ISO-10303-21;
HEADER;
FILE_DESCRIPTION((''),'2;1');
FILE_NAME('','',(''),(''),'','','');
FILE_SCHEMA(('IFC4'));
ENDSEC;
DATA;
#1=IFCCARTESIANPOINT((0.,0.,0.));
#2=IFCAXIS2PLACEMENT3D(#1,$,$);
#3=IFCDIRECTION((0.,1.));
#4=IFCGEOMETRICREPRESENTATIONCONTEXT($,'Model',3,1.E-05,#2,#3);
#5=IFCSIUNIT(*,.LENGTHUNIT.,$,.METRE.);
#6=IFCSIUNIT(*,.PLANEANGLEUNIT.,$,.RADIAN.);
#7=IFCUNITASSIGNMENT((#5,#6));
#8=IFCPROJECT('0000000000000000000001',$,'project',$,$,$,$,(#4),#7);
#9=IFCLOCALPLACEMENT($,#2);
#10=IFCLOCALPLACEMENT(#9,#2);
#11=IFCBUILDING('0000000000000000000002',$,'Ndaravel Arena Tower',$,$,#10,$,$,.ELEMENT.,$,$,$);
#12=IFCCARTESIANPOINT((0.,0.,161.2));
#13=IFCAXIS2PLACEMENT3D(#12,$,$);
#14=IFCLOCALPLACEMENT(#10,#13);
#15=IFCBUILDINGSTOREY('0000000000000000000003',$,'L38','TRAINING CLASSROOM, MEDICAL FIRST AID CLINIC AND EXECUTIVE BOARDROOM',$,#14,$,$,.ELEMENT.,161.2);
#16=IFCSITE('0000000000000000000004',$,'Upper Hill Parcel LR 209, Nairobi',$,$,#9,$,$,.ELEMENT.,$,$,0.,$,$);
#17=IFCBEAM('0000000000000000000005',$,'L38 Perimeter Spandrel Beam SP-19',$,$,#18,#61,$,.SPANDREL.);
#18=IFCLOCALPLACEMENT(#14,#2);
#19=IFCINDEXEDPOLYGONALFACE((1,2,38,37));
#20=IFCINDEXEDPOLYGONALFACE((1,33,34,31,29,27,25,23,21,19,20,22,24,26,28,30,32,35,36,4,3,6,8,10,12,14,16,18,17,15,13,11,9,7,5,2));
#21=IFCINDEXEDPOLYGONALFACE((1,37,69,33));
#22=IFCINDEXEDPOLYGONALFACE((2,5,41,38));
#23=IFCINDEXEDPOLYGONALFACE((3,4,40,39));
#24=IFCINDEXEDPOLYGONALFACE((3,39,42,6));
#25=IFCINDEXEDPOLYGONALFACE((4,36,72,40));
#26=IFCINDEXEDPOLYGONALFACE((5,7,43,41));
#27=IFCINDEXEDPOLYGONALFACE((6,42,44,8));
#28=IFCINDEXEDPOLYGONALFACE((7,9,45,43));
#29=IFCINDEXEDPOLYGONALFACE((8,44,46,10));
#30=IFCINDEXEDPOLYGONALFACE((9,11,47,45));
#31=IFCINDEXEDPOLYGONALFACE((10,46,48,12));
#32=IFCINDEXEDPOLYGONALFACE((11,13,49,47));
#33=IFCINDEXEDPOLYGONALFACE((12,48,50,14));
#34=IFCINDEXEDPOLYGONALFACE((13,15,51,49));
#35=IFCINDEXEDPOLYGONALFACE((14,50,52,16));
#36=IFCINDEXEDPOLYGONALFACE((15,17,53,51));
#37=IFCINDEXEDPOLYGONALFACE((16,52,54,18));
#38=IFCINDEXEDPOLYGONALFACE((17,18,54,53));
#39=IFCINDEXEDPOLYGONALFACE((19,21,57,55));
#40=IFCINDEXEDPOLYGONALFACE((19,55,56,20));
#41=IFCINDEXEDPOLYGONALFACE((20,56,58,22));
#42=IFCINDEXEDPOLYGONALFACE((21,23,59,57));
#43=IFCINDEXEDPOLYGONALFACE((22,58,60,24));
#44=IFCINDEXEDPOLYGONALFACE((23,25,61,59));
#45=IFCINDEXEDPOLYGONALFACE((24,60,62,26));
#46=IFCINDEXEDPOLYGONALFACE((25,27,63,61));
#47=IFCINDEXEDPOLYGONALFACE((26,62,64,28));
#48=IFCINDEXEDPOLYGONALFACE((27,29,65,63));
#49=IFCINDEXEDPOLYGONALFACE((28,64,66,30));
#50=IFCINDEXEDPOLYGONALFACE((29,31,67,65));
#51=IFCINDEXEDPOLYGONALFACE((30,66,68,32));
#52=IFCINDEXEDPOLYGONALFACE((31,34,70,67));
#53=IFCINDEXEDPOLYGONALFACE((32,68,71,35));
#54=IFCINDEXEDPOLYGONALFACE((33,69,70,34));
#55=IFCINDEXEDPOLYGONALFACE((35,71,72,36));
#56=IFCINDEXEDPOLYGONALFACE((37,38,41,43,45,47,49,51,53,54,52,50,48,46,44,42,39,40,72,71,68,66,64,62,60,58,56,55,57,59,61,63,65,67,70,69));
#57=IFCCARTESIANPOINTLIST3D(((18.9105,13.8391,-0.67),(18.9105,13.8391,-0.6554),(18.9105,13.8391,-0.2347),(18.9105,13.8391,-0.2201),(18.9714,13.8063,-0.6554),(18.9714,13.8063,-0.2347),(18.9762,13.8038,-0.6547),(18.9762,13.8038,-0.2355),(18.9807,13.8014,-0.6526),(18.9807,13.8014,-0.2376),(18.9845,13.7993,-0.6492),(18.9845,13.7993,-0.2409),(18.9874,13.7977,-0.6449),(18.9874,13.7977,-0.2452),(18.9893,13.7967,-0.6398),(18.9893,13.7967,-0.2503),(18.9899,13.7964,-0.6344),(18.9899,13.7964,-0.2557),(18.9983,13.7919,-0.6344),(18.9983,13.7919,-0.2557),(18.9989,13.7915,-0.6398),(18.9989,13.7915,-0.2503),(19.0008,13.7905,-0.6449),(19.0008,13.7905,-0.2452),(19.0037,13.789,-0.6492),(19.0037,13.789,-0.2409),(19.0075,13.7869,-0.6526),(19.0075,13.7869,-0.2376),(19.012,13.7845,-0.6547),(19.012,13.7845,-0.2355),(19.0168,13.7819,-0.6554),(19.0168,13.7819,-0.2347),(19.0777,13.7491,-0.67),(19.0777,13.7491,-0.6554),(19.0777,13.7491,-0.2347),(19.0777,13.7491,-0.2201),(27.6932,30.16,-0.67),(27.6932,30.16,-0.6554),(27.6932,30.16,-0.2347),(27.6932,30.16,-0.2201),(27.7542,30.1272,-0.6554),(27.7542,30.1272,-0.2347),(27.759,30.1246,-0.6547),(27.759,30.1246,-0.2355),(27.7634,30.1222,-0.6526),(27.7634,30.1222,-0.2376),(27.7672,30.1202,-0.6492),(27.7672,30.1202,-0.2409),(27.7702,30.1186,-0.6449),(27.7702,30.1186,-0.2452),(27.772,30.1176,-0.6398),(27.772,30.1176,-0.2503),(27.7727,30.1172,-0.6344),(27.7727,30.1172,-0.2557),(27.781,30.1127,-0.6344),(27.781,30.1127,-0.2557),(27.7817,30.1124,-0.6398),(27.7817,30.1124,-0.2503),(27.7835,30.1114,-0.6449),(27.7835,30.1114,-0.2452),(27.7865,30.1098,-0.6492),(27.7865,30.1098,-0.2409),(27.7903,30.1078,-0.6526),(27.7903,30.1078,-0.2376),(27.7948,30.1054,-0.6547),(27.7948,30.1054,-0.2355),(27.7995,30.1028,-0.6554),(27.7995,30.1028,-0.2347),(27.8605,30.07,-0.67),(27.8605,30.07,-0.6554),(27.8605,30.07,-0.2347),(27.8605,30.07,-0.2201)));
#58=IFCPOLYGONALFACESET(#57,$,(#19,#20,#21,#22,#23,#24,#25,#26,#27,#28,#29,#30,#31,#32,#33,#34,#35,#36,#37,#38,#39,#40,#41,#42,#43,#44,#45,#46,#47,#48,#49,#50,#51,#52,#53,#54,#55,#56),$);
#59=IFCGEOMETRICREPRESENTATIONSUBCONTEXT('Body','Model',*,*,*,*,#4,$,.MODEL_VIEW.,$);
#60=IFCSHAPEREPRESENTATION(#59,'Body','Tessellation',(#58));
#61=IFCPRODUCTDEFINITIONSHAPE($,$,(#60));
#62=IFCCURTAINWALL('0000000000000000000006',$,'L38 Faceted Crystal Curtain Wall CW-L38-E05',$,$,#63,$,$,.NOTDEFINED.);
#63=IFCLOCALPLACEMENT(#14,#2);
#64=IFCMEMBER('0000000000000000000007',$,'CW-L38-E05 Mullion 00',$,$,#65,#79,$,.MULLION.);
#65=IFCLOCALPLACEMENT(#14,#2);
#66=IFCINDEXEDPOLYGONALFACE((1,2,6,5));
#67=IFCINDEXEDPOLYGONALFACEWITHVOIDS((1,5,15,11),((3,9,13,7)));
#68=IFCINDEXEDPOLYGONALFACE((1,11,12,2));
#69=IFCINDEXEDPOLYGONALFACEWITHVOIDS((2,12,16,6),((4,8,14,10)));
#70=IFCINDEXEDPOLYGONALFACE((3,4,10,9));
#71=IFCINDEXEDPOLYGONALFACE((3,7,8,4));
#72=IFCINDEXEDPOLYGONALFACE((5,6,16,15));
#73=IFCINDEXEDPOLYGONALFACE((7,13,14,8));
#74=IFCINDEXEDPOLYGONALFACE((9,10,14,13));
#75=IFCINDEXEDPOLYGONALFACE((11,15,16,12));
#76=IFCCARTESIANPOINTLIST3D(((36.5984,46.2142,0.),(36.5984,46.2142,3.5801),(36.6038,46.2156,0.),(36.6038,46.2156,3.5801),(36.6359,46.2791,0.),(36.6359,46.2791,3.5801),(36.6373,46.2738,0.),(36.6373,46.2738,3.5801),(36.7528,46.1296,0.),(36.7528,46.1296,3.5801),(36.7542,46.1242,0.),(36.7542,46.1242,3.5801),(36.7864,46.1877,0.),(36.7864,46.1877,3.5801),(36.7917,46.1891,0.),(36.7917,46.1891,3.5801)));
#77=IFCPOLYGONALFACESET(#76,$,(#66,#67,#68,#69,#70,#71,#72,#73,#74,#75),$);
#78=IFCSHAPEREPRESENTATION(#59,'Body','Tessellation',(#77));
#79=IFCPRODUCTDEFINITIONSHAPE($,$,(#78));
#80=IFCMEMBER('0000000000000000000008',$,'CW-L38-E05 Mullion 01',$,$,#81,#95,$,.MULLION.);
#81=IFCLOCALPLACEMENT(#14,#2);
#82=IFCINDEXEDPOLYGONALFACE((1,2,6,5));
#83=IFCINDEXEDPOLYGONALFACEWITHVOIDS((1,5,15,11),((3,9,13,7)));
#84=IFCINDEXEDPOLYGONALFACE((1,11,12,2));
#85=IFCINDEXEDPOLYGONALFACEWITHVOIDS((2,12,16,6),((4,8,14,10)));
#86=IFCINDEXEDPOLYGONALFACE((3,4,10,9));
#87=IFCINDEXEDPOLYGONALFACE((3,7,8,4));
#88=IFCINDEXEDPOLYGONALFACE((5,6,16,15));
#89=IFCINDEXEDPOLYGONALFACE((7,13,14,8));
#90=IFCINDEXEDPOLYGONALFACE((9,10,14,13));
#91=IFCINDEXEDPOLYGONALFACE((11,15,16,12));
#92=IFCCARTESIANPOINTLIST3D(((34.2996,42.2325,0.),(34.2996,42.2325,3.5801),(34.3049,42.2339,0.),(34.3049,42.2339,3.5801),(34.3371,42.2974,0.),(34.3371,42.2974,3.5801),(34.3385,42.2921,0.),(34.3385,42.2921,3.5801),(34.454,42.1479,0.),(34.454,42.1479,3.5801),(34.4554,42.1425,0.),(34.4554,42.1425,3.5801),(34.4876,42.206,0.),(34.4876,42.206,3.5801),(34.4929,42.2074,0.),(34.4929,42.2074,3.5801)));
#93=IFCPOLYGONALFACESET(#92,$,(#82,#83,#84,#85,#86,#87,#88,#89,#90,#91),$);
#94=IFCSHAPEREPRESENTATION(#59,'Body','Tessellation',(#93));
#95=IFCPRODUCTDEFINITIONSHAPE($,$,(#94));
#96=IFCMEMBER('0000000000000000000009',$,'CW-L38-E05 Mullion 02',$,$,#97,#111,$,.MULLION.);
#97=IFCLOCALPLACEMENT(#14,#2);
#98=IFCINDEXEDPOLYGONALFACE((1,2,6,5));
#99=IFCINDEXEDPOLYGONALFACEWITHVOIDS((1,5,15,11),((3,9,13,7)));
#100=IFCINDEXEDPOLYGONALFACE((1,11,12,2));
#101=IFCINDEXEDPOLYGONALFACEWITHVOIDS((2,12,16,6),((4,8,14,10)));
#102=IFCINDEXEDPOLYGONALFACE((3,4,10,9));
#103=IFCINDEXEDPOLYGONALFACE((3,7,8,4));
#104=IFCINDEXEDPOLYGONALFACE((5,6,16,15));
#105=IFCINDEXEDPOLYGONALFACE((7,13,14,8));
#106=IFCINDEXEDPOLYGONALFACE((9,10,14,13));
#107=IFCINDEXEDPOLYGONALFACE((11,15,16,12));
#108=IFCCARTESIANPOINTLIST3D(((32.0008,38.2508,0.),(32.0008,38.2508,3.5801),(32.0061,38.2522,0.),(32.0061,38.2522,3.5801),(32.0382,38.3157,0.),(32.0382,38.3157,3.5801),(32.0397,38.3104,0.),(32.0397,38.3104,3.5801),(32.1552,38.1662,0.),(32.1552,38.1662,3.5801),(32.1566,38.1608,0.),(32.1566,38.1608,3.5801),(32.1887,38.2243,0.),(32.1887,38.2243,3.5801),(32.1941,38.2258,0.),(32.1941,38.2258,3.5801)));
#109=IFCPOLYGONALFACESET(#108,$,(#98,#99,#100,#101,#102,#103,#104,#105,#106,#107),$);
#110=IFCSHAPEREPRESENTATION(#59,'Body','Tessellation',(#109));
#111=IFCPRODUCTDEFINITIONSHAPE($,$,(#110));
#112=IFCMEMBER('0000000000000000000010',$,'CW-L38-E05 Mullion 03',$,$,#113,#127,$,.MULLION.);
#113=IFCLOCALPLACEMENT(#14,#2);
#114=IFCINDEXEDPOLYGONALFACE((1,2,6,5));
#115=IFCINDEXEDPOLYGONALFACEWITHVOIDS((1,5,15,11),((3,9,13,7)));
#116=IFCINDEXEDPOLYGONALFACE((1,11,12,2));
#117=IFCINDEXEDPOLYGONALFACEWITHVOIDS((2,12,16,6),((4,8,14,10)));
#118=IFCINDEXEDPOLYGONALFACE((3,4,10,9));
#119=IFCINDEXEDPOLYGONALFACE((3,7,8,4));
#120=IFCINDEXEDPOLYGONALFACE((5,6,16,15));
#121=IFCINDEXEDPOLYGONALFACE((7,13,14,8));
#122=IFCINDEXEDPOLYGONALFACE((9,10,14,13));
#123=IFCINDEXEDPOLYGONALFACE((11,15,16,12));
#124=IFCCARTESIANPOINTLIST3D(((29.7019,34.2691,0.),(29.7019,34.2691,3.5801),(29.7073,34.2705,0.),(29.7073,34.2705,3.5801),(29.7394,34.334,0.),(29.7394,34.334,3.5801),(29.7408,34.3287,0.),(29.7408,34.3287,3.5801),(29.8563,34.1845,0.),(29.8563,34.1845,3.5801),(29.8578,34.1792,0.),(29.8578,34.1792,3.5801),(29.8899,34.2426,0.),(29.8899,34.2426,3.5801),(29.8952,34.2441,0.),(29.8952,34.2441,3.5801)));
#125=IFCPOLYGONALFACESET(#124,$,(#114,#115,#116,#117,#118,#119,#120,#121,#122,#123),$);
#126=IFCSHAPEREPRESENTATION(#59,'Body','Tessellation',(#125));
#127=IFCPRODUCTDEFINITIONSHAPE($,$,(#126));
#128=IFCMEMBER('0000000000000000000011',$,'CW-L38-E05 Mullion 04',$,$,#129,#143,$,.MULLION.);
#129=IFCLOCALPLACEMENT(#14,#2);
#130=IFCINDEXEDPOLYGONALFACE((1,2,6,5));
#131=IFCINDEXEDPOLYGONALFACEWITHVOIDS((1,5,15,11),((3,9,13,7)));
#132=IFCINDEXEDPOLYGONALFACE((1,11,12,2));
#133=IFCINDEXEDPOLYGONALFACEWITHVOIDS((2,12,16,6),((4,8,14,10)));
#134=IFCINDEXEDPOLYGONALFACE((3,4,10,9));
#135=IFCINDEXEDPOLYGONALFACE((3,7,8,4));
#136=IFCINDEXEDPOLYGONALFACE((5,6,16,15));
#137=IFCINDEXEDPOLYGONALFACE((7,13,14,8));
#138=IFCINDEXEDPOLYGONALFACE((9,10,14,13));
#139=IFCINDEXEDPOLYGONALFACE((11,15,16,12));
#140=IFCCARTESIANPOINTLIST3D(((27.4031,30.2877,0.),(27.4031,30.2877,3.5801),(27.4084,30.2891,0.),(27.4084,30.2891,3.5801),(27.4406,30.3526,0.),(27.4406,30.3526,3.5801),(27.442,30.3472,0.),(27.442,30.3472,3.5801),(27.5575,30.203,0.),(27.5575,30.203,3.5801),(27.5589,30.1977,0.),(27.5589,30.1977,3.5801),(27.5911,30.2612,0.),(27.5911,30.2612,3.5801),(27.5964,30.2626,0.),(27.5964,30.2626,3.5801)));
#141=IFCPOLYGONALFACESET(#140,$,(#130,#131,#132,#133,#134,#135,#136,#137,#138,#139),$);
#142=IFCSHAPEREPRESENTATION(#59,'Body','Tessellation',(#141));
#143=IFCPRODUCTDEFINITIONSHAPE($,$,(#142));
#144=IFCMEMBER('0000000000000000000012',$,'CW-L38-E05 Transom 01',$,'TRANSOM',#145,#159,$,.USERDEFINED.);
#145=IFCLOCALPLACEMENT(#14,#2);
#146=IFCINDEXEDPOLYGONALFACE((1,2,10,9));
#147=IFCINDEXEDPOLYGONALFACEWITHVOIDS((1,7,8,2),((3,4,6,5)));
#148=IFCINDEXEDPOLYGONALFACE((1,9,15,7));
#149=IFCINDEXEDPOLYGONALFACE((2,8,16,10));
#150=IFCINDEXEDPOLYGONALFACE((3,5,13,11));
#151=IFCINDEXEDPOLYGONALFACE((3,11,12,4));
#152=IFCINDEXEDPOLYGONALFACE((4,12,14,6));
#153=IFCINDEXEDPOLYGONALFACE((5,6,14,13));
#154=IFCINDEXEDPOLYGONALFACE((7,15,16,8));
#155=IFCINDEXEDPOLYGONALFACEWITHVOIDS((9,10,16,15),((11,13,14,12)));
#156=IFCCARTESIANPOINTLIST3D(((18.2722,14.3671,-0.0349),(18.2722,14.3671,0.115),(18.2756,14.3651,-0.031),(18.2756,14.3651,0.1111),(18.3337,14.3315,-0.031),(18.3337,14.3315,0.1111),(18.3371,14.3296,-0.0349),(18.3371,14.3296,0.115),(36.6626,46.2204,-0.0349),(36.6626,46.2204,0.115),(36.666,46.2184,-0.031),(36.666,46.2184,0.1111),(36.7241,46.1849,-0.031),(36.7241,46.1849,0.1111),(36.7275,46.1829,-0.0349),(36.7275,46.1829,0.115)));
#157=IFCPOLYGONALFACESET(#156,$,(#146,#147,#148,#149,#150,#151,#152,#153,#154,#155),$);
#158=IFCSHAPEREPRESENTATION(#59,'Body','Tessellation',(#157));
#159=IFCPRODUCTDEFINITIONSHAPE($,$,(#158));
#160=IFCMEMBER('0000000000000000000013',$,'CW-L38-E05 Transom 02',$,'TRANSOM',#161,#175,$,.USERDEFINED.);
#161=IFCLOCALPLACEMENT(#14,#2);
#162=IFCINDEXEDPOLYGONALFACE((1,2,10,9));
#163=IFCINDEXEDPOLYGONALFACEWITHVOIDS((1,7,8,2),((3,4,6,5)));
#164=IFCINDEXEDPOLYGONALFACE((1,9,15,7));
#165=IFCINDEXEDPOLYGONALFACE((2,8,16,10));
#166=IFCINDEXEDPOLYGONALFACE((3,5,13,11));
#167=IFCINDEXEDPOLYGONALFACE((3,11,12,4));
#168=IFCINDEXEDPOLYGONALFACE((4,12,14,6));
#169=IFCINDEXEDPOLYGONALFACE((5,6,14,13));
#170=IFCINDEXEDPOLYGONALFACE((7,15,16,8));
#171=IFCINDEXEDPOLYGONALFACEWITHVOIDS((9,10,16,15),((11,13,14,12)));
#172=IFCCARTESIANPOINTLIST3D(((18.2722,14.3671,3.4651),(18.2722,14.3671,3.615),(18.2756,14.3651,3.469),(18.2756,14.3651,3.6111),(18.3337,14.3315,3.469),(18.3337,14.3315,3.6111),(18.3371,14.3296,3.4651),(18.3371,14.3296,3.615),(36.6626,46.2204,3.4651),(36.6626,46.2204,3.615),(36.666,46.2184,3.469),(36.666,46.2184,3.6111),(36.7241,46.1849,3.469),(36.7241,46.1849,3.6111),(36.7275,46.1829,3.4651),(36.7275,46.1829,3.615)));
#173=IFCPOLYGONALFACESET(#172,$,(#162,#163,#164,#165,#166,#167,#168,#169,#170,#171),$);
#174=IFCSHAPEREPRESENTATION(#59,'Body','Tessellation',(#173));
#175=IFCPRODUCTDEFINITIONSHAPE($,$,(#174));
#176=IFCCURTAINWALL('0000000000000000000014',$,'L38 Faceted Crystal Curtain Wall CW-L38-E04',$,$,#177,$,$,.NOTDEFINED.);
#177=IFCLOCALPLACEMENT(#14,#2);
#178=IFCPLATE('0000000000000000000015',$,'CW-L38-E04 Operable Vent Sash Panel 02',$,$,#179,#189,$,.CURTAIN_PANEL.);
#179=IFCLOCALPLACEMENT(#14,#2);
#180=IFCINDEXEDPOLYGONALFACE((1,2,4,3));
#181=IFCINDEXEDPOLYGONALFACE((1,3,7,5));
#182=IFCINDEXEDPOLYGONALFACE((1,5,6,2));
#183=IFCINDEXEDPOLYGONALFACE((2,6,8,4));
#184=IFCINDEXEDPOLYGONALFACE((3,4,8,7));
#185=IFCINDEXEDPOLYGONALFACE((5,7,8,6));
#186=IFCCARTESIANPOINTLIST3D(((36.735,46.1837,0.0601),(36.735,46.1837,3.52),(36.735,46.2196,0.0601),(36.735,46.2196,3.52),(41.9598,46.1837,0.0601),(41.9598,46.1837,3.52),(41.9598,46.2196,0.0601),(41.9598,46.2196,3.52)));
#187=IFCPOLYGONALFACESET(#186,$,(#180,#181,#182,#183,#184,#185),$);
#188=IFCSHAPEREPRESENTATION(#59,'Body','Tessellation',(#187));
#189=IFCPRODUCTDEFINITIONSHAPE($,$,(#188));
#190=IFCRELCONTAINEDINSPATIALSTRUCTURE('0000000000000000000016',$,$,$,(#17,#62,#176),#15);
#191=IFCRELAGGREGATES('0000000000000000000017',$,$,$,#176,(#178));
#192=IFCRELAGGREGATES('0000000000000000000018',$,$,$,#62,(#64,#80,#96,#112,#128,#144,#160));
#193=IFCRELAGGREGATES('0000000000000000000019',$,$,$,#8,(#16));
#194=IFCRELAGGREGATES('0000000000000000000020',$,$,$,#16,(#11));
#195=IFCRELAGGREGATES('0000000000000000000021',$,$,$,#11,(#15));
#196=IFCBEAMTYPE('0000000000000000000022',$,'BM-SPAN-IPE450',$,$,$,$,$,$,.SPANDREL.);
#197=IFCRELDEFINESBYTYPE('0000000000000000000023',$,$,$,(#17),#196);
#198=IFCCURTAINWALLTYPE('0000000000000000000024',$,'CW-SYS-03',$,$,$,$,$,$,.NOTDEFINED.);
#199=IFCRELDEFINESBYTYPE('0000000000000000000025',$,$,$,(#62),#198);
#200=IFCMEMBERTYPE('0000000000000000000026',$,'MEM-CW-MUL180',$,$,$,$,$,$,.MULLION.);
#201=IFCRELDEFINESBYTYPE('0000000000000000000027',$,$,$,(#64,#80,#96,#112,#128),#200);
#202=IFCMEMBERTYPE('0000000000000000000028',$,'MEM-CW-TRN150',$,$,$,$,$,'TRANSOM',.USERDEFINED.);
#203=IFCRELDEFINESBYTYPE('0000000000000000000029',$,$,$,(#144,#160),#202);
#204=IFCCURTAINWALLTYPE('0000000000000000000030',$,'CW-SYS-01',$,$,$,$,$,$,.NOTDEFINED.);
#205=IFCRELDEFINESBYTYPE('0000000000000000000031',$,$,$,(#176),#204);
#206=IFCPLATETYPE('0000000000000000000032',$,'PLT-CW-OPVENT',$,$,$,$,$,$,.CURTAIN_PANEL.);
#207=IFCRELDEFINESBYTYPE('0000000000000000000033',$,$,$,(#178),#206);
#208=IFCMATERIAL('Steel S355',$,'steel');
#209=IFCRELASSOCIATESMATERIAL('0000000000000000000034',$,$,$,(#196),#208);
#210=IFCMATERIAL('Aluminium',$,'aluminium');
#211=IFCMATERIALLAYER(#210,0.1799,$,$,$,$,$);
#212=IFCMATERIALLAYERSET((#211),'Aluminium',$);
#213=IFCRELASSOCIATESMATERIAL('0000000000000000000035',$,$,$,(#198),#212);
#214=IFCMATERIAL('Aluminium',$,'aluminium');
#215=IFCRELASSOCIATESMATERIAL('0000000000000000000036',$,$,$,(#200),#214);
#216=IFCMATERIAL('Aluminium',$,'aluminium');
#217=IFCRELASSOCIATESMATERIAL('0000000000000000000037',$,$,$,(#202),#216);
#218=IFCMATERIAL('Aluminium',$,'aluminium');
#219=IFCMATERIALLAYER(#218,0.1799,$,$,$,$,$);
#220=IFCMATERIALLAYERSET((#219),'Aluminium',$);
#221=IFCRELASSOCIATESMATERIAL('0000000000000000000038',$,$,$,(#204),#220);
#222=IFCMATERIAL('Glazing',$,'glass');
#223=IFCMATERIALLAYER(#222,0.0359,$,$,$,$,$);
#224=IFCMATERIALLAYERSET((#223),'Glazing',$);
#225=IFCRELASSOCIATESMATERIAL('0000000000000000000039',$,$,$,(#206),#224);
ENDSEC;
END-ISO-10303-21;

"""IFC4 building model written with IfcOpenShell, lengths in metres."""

from ifc_helpers import new_model, si_unit, direction, frame, origin, origin_2d, place, context, subcontext, project, spatial, rectangle, hollow_rectangle, i_section, extrude, material, layer, layer_set, material_profile, profile_set, type_object, element, aggregate, save


model = new_model("IFC4")

# Units and contexts
model_context = context("Model", 3, precision=1e-05, world=origin(), true_north=direction((0.0, 1.0)))
body_context = subcontext(model_context, "Body", "Model", "MODEL_VIEW")
ifc_project = project(units=[si_unit("LENGTHUNIT", "METRE"), si_unit("PLANEANGLEUNIT", "RADIAN")], contexts=[model_context])

# Site, building, storey
site_placement = place(None, origin())
site = spatial("IfcSite", under=ifc_project, at=site_placement, Name="Upper Hill Parcel LR 209, Nairobi", CompositionType="ELEMENT", RefElevation=0.0)
building_placement = place(site_placement, origin())
building = spatial("IfcBuilding", under=site, at=building_placement, Name="Ndaravel Arena Tower", CompositionType="ELEMENT")
storey_placement = place(building_placement, frame((0.0, 0.0, 161.2)))
storey = spatial("IfcBuildingStorey", under=building, at=storey_placement, Name="L38", Description="TRAINING CLASSROOM, MEDICAL FIRST AID CLINIC AND EXECUTIVE BOARDROOM", CompositionType="ELEMENT", Elevation=161.2)

# Beam
ifc_material_1 = material(Name="Steel S355", Category="steel")
ifc_material_profile_1 = material_profile(ifc_material_1, i_section(OverallWidth=0.1899, OverallDepth=0.45, WebThickness=0.0095, FlangeThickness=0.0146, FilletRadius=0.021, at=origin_2d()), Name="IPE 450")
ifc_profile_set_1 = profile_set([ifc_material_profile_1], Name="Steel S355")
beam_type_1 = type_object("IfcBeamType", Name="BM-SPAN-IPE450", PredefinedType="SPANDREL", material=ifc_profile_set_1)
for number, where, z_axis, x_axis, name in (
    (1, (27.7769, 30.115, -0.4451), (-0.473874, -0.880593, 0.0), (0.880593, -0.473874, 0.0), "L38 Perimeter Spandrel Beam SP-19"),
):
    element("IfcBeam", number, at=place(storey_placement, frame(where, z_axis=z_axis, x_axis=x_axis)), inside=storey, type_object=beam_type_1, Name=name, PredefinedType="SPANDREL", context=body_context, shape_type="SweptSolid", body=[
        extrude(i_section(OverallWidth=0.1899, OverallDepth=0.45, WebThickness=0.0095, FlangeThickness=0.0146, FilletRadius=0.021, at=origin_2d()), origin(), (0.0, 0.0, 1.0), 18.5339),
    ])

# Curtain wall, members
ifc_material_2 = material(Name="Aluminium", Category="aluminium")
ifc_layer_1 = layer(ifc_material_2, 0.1799)
ifc_layer_set_1 = layer_set([ifc_layer_1], Name="Aluminium")
curtain_wall_type_1 = type_object("IfcCurtainWallType", Name="CW-SYS-03", PredefinedType="NOTDEFINED", material=ifc_layer_set_1)
curtain_wall_1_placement = place(storey_placement, origin())
curtain_wall_1 = element("IfcCurtainWall", 2, at=curtain_wall_1_placement, inside=storey, type_object=curtain_wall_type_1, Name="L38 Faceted Crystal Curtain Wall CW-L38-E05", PredefinedType="NOTDEFINED")
ifc_material_3 = material(Name="Aluminium", Category="aluminium")
ifc_material_profile_2 = material_profile(ifc_material_3, hollow_rectangle(XDim=0.075, YDim=0.1799, WallThickness=0.0039, at=origin_2d()), Name="CW MULLION 75x180x4")
ifc_profile_set_2 = profile_set([ifc_material_profile_2], Name="Aluminium")
member_type_1 = type_object("IfcMemberType", Name="MEM-CW-MUL180", PredefinedType="MULLION", material=ifc_profile_set_2)
member_1_placement = place(storey_placement, frame((36.6951, 46.2017, 0.0), z_axis=(0.0, 0.0, 1.0), x_axis=(-0.5, -0.866025, 0.0)))
member_1 = element("IfcMember", 3, at=member_1_placement, type_object=member_type_1, Name="CW-L38-E05 Mullion 00", PredefinedType="MULLION", context=body_context, shape_type="SweptSolid", body=[
    extrude(hollow_rectangle(XDim=0.075, YDim=0.1799, WallThickness=0.0039, at=origin_2d()), origin(), (0.0, 0.0, 1.0), 3.5801),
])
member_2_placement = place(storey_placement, frame((34.3962, 42.22, 0.0), z_axis=(0.0, 0.0, 1.0), x_axis=(-0.5, -0.866025, 0.0)))
member_2 = element("IfcMember", 4, at=member_2_placement, type_object=member_type_1, Name="CW-L38-E05 Mullion 01", PredefinedType="MULLION", context=body_context, shape_type="SweptSolid", body=[
    extrude(hollow_rectangle(XDim=0.075, YDim=0.1799, WallThickness=0.0039, at=origin_2d()), origin(), (0.0, 0.0, 1.0), 3.5801),
])
member_3_placement = place(storey_placement, frame((32.0974, 38.2383, 0.0), z_axis=(0.0, 0.0, 1.0), x_axis=(-0.5, -0.866025, 0.0)))
member_3 = element("IfcMember", 5, at=member_3_placement, type_object=member_type_1, Name="CW-L38-E05 Mullion 02", PredefinedType="MULLION", context=body_context, shape_type="SweptSolid", body=[
    extrude(hollow_rectangle(XDim=0.075, YDim=0.1799, WallThickness=0.0039, at=origin_2d()), origin(), (0.0, 0.0, 1.0), 3.5801),
])
member_4_placement = place(storey_placement, frame((29.7986, 34.2566, 0.0), z_axis=(0.0, 0.0, 1.0), x_axis=(-0.5, -0.866025, 0.0)))
member_4 = element("IfcMember", 6, at=member_4_placement, type_object=member_type_1, Name="CW-L38-E05 Mullion 03", PredefinedType="MULLION", context=body_context, shape_type="SweptSolid", body=[
    extrude(hollow_rectangle(XDim=0.075, YDim=0.1799, WallThickness=0.0039, at=origin_2d()), origin(), (0.0, 0.0, 1.0), 3.5801),
])
member_5_placement = place(storey_placement, frame((27.4998, 30.2751, 0.0), z_axis=(0.0, 0.0, 1.0), x_axis=(-0.5, -0.866025, 0.0)))
member_5 = element("IfcMember", 7, at=member_5_placement, type_object=member_type_1, Name="CW-L38-E05 Mullion 04", PredefinedType="MULLION", context=body_context, shape_type="SweptSolid", body=[
    extrude(hollow_rectangle(XDim=0.075, YDim=0.1799, WallThickness=0.0039, at=origin_2d()), origin(), (0.0, 0.0, 1.0), 3.5801),
])
ifc_material_4 = material(Name="Aluminium", Category="aluminium")
ifc_material_profile_3 = material_profile(ifc_material_4, hollow_rectangle(XDim=0.075, YDim=0.1499, WallThickness=0.0039, at=origin_2d()), Name="CW TRANSOM 75x150x4")
ifc_profile_set_3 = profile_set([ifc_material_profile_3], Name="Aluminium")
member_type_2 = type_object("IfcMemberType", Name="MEM-CW-TRN150", ElementType="TRANSOM", PredefinedType="USERDEFINED", material=ifc_profile_set_3)
member_6_placement = place(storey_placement, frame((36.6951, 46.2017, 0.04), z_axis=(-0.499998, -0.866027, 0.0), x_axis=(0.866027, -0.499998, 0.0)))
member_6 = element("IfcMember", 8, at=member_6_placement, type_object=member_type_2, Name="CW-L38-E05 Transom 01", ObjectType="TRANSOM", PredefinedType="USERDEFINED", context=body_context, shape_type="SweptSolid", body=[
    extrude(hollow_rectangle(XDim=0.075, YDim=0.1499, WallThickness=0.0039, at=origin_2d()), origin(), (0.0, 0.0, 1.0), 36.781),
])
member_7_placement = place(storey_placement, frame((36.6951, 46.2017, 3.54), z_axis=(-0.499998, -0.866027, 0.0), x_axis=(0.866027, -0.499998, 0.0)))
member_7 = element("IfcMember", 9, at=member_7_placement, type_object=member_type_2, Name="CW-L38-E05 Transom 02", ObjectType="TRANSOM", PredefinedType="USERDEFINED", context=body_context, shape_type="SweptSolid", body=[
    extrude(hollow_rectangle(XDim=0.075, YDim=0.1499, WallThickness=0.0039, at=origin_2d()), origin(), (0.0, 0.0, 1.0), 36.781),
])

# Curtain wall, plate
ifc_material_5 = material(Name="Aluminium", Category="aluminium")
ifc_layer_2 = layer(ifc_material_5, 0.1799)
ifc_layer_set_2 = layer_set([ifc_layer_2], Name="Aluminium")
curtain_wall_type_2 = type_object("IfcCurtainWallType", Name="CW-SYS-01", PredefinedType="NOTDEFINED", material=ifc_layer_set_2)
curtain_wall_2_placement = place(storey_placement, origin())
curtain_wall_2 = element("IfcCurtainWall", 10, at=curtain_wall_2_placement, inside=storey, type_object=curtain_wall_type_2, Name="L38 Faceted Crystal Curtain Wall CW-L38-E04", PredefinedType="NOTDEFINED")
ifc_material_6 = material(Name="Glazing", Category="glass")
ifc_layer_3 = layer(ifc_material_6, 0.0359)
ifc_layer_set_3 = layer_set([ifc_layer_3], Name="Glazing")
plate_type_1 = type_object("IfcPlateType", Name="PLT-CW-OPVENT", PredefinedType="CURTAIN_PANEL", material=ifc_layer_set_3)
plate_1_placement = place(storey_placement, frame((39.3474, 46.2017, 0.0601), z_axis=(0.0, 0.0, 1.0), x_axis=(-1.0, 0.0, 0.0)))
plate_1 = element("IfcPlate", 11, at=plate_1_placement, type_object=plate_type_1, Name="CW-L38-E04 Operable Vent Sash Panel 02", PredefinedType="CURTAIN_PANEL", context=body_context, shape_type="SweptSolid", body=[
    extrude(rectangle(XDim=5.2249, YDim=0.0359, at=origin_2d()), origin(), (0.0, 0.0, 1.0), 3.46),
])
aggregate(curtain_wall_2, [plate_1])

aggregate(curtain_wall_1, [member_1, member_2, member_3, member_4, member_5, member_6, member_7])

save(model, "model.ifc")
